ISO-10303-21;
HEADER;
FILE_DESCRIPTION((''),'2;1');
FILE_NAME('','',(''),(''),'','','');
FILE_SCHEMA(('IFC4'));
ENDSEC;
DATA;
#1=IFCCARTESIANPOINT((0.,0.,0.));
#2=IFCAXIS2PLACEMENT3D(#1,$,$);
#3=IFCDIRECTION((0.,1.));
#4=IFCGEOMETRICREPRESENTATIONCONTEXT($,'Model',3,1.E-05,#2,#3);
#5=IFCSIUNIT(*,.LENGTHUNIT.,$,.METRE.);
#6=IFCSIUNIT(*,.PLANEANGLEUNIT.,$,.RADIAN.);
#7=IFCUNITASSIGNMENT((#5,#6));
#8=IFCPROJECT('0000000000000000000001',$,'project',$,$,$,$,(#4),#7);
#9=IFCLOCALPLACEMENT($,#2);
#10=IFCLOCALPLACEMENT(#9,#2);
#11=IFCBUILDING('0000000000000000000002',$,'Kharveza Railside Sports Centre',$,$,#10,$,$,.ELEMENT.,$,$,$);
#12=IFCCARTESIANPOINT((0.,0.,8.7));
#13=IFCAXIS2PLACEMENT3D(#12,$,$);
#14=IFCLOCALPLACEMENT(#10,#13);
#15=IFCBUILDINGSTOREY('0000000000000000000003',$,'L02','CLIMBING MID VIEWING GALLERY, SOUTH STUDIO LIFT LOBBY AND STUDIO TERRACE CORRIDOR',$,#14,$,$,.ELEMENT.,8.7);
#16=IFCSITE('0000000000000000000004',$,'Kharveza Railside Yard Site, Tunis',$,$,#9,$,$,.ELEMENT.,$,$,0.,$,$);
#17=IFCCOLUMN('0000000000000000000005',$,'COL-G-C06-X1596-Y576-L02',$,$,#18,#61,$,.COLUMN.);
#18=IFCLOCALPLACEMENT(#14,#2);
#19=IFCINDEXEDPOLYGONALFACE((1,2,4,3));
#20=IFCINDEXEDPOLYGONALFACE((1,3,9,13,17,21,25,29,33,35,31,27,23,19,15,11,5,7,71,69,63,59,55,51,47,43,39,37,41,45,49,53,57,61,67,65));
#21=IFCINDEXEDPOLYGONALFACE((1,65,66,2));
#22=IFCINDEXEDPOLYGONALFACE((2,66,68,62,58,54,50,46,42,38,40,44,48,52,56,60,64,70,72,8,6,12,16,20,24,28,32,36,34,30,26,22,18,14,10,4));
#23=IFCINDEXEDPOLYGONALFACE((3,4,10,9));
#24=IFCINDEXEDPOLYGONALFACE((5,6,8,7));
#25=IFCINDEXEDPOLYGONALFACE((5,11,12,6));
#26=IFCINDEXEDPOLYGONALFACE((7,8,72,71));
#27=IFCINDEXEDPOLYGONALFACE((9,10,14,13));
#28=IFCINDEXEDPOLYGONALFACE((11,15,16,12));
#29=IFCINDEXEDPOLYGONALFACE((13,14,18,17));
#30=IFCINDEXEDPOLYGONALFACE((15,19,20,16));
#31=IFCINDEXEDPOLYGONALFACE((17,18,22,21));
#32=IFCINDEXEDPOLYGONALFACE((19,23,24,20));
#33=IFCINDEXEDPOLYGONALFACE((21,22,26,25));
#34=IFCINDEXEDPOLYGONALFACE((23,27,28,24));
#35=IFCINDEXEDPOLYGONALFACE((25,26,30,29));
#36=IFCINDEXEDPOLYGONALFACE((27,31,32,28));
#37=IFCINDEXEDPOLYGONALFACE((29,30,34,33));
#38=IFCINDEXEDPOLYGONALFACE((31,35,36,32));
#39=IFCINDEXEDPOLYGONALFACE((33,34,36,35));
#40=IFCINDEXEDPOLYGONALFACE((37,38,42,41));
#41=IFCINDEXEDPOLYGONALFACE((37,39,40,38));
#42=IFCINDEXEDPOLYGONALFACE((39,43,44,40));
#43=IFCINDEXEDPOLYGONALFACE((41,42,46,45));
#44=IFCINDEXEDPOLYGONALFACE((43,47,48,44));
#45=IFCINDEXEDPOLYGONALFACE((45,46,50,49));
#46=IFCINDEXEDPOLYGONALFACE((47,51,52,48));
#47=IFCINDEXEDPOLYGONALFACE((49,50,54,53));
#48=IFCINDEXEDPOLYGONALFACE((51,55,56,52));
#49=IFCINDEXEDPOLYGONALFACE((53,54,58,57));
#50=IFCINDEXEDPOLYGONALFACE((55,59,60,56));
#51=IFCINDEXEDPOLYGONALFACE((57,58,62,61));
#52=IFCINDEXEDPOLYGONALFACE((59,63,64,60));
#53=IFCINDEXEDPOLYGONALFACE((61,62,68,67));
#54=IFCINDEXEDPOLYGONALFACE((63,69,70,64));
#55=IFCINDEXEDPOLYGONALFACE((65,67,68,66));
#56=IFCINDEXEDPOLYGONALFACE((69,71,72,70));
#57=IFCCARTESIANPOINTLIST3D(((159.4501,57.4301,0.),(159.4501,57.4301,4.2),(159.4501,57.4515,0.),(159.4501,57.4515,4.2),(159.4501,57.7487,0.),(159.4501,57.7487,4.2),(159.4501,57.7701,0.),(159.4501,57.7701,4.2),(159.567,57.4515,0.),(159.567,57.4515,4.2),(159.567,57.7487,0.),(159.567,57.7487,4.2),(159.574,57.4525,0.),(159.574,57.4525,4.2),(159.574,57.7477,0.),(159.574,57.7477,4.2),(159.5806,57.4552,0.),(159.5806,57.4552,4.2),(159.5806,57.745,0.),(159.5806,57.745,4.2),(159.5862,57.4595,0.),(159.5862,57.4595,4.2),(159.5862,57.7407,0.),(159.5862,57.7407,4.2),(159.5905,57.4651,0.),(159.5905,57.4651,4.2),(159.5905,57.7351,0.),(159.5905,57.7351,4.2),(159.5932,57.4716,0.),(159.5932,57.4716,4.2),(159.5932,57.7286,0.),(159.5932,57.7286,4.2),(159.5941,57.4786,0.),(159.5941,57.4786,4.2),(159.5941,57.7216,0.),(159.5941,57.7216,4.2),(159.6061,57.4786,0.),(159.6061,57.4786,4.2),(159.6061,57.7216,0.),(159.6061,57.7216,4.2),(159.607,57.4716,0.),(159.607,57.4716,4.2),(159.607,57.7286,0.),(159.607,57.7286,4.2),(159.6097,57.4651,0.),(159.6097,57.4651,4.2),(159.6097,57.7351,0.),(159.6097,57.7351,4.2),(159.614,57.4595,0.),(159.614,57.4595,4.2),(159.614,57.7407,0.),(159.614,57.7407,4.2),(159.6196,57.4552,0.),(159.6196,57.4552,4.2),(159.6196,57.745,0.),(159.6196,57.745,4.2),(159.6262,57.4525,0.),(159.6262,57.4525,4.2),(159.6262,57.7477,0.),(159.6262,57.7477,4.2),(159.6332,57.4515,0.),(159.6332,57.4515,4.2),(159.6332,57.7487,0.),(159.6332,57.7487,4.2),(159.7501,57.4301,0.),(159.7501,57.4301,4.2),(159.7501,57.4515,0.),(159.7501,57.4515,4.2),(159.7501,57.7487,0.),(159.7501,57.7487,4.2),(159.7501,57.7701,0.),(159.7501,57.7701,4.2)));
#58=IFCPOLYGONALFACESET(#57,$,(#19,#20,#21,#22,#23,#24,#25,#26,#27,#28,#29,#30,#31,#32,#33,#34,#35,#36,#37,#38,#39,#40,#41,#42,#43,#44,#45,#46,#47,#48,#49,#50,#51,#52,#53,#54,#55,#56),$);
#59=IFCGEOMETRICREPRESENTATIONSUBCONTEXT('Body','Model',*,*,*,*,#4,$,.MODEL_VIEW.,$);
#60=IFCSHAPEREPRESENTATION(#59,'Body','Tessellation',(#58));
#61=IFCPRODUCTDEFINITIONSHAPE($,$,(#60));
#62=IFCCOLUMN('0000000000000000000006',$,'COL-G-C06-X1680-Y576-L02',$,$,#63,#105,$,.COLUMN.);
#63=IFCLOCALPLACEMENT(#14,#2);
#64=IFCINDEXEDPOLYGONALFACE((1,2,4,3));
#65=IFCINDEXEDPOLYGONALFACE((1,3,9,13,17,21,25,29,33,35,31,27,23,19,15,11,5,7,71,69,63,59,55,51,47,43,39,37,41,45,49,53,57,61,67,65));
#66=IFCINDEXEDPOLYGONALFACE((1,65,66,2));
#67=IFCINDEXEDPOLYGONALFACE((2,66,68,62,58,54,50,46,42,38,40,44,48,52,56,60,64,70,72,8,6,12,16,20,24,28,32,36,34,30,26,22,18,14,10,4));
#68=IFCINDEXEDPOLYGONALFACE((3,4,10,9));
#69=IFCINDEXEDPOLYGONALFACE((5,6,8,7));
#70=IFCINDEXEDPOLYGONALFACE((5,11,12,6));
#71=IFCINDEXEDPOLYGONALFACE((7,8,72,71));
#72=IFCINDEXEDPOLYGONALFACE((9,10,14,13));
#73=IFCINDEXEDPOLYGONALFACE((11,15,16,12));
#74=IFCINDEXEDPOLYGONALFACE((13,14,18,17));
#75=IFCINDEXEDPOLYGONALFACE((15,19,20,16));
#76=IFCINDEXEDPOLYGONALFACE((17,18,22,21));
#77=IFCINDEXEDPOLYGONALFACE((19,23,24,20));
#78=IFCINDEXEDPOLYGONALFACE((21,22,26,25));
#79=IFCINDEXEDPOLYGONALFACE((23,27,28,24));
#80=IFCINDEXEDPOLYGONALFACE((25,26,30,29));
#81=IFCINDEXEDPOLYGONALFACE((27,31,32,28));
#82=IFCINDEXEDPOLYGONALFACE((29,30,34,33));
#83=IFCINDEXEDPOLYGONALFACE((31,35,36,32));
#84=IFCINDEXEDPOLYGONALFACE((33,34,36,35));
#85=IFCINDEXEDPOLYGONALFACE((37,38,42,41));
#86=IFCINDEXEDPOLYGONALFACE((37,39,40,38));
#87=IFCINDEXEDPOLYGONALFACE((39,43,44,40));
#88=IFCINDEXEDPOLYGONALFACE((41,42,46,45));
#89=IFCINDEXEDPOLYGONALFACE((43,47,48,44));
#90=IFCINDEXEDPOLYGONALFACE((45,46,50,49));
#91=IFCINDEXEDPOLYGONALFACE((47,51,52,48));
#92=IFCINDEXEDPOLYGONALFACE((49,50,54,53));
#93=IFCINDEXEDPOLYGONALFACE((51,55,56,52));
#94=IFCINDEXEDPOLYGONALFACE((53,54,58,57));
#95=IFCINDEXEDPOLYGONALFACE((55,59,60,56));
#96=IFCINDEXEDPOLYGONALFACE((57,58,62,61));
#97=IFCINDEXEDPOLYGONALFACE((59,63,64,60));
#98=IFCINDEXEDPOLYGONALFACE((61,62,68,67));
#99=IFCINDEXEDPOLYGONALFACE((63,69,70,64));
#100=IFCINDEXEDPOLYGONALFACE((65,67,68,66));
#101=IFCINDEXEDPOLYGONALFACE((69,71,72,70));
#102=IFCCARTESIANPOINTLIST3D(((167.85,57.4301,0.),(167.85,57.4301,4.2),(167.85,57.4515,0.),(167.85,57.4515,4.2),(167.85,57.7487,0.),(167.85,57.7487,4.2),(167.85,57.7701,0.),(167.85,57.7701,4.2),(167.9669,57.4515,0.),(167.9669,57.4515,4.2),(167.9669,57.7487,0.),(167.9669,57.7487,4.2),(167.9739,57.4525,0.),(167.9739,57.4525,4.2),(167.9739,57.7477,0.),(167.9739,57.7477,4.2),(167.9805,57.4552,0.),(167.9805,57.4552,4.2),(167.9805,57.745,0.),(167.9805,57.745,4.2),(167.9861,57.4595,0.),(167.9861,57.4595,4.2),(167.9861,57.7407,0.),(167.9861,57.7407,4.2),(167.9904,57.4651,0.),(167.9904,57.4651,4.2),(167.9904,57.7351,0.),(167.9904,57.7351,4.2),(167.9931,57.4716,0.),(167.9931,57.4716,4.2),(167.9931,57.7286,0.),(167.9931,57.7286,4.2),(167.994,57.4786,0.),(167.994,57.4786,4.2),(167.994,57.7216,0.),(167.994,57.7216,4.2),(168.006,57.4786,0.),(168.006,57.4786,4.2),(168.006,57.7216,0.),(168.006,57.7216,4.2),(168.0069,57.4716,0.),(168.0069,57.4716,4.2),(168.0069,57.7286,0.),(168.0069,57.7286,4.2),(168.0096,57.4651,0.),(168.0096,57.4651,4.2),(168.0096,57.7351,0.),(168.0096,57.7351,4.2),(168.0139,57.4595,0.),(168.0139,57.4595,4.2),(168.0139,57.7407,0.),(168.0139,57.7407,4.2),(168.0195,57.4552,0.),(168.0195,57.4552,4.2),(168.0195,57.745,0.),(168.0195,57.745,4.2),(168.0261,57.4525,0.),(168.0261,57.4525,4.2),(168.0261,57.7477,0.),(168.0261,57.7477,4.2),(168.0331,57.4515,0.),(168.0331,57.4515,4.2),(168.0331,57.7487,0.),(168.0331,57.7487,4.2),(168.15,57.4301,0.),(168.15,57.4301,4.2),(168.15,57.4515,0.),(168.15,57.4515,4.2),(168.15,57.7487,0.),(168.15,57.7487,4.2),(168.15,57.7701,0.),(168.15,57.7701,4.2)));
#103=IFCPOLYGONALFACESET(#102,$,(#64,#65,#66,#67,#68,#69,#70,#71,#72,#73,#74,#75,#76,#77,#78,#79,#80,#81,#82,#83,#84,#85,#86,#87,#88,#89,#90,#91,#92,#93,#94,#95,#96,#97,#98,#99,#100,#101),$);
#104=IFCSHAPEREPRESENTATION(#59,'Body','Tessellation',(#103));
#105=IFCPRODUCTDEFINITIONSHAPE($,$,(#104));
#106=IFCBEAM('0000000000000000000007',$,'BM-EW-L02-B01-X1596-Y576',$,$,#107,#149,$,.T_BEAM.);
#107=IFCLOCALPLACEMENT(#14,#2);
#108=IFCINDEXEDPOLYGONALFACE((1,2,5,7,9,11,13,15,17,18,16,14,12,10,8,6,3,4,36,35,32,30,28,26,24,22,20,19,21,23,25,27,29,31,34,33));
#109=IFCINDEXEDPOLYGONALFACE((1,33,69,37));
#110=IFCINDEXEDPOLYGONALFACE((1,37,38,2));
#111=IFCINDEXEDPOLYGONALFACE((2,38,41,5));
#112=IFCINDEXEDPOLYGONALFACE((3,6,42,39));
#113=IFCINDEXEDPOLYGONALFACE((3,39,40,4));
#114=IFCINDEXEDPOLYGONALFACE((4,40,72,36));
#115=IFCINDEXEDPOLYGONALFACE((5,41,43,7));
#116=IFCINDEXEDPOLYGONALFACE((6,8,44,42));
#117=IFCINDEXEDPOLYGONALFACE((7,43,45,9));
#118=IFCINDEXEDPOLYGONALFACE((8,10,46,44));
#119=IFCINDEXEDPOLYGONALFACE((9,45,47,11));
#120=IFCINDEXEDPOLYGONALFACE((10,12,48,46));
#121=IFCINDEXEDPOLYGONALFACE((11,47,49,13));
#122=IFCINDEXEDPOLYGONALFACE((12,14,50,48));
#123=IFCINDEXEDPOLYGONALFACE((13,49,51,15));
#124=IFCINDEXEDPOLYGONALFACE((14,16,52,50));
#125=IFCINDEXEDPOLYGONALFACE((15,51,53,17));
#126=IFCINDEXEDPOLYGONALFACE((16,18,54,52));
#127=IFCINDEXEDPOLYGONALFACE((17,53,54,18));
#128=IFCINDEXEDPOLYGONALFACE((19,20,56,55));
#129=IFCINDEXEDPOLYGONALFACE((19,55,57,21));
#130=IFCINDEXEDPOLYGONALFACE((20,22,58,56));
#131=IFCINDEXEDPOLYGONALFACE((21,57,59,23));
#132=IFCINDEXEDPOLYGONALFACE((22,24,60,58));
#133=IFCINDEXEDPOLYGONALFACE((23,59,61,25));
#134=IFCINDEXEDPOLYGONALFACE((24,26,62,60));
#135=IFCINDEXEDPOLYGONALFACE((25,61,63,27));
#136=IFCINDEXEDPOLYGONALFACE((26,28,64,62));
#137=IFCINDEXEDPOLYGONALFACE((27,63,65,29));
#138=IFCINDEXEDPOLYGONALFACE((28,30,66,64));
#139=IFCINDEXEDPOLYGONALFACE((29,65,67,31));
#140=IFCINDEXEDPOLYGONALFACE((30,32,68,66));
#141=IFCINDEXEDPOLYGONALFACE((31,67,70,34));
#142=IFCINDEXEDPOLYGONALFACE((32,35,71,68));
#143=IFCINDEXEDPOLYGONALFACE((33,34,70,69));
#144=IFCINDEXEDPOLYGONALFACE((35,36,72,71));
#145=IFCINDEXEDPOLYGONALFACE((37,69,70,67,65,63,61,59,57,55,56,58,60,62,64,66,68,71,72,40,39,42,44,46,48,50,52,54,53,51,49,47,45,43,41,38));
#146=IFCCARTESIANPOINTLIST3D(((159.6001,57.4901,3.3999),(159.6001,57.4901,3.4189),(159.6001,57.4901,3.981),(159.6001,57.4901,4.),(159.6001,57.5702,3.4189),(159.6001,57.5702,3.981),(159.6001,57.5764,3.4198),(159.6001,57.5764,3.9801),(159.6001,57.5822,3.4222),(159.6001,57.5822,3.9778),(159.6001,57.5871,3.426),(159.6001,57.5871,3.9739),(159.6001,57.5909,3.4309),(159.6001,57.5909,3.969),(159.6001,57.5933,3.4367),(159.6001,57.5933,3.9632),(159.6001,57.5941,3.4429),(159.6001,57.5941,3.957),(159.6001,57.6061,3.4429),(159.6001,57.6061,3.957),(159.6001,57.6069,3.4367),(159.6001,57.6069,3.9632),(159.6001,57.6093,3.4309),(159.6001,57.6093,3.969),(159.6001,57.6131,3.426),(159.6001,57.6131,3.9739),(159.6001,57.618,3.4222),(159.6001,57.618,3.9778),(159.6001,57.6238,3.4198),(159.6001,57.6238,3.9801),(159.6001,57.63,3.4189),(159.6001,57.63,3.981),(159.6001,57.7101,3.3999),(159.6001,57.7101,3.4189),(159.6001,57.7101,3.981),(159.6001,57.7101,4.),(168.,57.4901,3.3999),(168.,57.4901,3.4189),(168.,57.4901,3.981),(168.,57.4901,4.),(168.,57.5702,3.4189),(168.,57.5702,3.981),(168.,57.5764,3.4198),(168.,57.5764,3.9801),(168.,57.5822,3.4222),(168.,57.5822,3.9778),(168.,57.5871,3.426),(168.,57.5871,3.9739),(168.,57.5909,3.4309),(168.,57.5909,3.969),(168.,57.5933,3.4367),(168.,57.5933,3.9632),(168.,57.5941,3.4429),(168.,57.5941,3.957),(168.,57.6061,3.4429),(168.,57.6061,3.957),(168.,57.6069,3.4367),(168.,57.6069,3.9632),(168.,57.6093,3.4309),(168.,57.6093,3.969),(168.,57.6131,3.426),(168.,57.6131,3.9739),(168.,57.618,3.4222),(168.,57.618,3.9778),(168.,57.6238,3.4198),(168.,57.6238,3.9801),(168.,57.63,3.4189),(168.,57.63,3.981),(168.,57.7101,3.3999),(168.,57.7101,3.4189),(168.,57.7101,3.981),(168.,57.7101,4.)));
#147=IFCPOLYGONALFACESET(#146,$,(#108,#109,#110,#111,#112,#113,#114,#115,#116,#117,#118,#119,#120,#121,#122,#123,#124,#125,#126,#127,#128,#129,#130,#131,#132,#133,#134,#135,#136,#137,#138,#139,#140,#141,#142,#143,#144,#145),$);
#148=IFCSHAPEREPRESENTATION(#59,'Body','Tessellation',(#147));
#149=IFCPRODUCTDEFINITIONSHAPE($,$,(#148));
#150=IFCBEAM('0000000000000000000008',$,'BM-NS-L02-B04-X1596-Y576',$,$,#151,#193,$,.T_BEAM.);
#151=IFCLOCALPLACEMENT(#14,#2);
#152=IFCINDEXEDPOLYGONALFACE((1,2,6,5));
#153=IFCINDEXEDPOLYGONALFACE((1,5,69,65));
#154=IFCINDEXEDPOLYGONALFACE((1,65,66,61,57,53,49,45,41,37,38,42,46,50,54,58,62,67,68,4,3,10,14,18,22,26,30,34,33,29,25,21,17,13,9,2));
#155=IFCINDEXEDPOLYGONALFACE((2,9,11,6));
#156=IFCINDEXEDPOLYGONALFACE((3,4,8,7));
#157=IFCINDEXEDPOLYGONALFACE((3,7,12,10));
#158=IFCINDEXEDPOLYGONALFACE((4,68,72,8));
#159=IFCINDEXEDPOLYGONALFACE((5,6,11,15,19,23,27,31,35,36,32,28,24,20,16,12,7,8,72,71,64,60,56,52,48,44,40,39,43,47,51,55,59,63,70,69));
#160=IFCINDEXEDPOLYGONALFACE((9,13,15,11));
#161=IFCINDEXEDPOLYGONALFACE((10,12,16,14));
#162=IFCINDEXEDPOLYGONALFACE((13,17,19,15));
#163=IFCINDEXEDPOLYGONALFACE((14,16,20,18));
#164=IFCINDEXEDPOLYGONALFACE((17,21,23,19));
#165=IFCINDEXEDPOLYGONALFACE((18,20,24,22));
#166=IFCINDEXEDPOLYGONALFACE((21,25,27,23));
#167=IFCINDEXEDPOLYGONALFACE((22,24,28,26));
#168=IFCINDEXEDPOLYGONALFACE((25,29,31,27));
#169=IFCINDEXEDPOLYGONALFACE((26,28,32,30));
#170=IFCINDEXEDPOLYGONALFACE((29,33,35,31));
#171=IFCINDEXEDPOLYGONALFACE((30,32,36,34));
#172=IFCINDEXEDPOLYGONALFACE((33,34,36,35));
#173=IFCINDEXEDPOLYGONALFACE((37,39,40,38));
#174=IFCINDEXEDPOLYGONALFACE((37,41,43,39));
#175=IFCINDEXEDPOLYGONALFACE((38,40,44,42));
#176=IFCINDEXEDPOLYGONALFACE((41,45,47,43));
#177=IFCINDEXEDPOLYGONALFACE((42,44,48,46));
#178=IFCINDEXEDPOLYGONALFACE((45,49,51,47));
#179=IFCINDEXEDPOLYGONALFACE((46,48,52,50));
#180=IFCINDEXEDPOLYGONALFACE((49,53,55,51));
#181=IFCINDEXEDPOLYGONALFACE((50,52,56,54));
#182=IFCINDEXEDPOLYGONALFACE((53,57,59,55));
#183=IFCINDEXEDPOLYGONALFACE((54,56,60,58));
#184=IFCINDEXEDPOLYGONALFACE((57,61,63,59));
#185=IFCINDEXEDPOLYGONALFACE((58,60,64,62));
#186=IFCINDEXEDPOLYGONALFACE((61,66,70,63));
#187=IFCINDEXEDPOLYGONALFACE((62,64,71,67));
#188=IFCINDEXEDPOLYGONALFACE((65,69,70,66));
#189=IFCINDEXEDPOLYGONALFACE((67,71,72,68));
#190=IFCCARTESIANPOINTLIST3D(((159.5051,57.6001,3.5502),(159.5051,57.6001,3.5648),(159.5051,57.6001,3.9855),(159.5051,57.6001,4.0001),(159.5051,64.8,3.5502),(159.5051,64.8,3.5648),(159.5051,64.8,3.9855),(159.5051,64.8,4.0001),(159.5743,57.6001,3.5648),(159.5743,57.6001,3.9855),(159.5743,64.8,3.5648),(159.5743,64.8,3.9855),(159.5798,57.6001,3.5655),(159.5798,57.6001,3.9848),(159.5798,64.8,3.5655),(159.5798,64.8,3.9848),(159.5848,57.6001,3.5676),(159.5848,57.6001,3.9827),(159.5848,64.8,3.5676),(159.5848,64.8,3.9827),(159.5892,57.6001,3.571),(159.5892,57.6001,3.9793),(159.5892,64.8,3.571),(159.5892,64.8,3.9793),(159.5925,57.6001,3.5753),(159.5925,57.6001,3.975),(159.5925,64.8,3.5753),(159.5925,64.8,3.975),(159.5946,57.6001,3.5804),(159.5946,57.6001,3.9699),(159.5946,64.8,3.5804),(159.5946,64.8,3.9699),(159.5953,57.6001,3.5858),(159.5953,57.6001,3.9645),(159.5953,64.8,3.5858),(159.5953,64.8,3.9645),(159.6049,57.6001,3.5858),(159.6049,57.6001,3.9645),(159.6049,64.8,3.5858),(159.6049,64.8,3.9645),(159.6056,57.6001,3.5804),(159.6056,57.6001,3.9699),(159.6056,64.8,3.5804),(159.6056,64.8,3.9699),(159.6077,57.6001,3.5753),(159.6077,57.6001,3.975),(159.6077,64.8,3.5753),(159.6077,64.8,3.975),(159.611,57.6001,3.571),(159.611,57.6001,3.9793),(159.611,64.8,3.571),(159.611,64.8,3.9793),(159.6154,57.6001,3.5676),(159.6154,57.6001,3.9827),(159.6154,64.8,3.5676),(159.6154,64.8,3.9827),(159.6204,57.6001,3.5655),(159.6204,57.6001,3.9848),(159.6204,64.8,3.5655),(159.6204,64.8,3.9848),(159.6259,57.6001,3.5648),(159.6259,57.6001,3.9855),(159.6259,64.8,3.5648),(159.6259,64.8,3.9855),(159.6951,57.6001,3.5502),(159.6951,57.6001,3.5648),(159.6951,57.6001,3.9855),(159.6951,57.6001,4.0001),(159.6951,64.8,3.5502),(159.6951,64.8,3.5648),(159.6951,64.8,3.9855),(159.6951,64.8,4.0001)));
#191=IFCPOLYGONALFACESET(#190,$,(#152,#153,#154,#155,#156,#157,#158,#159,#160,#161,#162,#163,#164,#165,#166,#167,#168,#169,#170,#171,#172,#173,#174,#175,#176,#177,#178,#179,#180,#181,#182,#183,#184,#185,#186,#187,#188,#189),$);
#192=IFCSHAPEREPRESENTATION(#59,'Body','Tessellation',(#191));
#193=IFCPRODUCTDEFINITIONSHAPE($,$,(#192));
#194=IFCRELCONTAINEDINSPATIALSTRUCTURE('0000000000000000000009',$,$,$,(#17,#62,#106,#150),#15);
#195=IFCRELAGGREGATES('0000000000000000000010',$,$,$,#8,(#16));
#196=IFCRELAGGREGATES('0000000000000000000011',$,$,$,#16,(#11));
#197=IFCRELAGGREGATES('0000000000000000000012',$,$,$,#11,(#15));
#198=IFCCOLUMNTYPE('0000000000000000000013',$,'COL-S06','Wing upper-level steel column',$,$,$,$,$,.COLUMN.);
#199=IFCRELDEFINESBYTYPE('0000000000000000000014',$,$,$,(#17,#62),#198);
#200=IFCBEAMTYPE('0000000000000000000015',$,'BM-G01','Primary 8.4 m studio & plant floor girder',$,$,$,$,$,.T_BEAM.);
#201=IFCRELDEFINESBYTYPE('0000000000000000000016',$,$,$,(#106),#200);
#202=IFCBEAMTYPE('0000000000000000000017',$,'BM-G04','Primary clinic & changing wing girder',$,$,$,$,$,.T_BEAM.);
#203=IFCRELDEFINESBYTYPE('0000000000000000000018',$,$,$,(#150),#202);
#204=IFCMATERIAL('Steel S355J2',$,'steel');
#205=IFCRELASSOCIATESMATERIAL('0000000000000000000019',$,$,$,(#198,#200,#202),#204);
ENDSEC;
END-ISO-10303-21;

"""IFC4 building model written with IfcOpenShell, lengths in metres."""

from ifc_helpers import new_model, si_unit, direction, frame, origin, origin_2d, place, context, subcontext, project, spatial, i_section, extrude, material, material_profile, profile_set, type_object, element, save


model = new_model("IFC4")

# Units and contexts
model_context = context("Model", 3, precision=1e-05, world=origin(), true_north=direction((0.0, 1.0)))
body_context = subcontext(model_context, "Body", "Model", "MODEL_VIEW")
ifc_project = project(units=[si_unit("LENGTHUNIT", "METRE"), si_unit("PLANEANGLEUNIT", "RADIAN")], contexts=[model_context])

# Site, building, storey
site_placement = place(None, origin())
site = spatial("IfcSite", under=ifc_project, at=site_placement, Name="Kharveza Railside Yard Site, Tunis", CompositionType="ELEMENT", RefElevation=0.0)
building_placement = place(site_placement, origin())
building = spatial("IfcBuilding", under=site, at=building_placement, Name="Kharveza Railside Sports Centre", CompositionType="ELEMENT")
storey_placement = place(building_placement, frame((0.0, 0.0, 8.7)))
storey = spatial("IfcBuildingStorey", under=building, at=storey_placement, Name="L02", Description="CLIMBING MID VIEWING GALLERY, SOUTH STUDIO LIFT LOBBY AND STUDIO TERRACE CORRIDOR", CompositionType="ELEMENT", Elevation=8.7)

# Columns
ifc_material_1 = material(Name="Steel S355J2", Category="steel")
ifc_material_profile_1 = material_profile(ifc_material_1, i_section(OverallWidth=0.3, OverallDepth=0.3401, WebThickness=0.012, FlangeThickness=0.0215, FilletRadius=0.0271, at=origin_2d()), Name="HEB 340")
ifc_profile_set_1 = profile_set([ifc_material_profile_1], Name="Steel S355J2")
column_type = type_object("IfcColumnType", Name="COL-S06", Description="Wing upper-level steel column", PredefinedType="COLUMN", material=ifc_profile_set_1)
for number, where, z_axis, x_axis, name in (
    (1, (159.6001, 57.6001, 0.0), (0.0, 0.0, 1.0), (1.0, 0.0, 0.0), "COL-G-C06-X1596-Y576-L02"),
    (2, (168.0, 57.6001, 0.0), (0.0, 0.0, 1.0), (1.0, 0.0, 0.0), "COL-G-C06-X1680-Y576-L02"),
):
    element("IfcColumn", number, at=place(storey_placement, frame(where, z_axis=z_axis, x_axis=x_axis)), inside=storey, type_object=column_type, Name=name, PredefinedType="COLUMN", context=body_context, shape_type="SweptSolid", body=[
        extrude(i_section(OverallWidth=0.3, OverallDepth=0.3401, WebThickness=0.012, FlangeThickness=0.0215, FilletRadius=0.0271, at=origin_2d()), origin(), (0.0, 0.0, 1.0), 4.2),
    ])

# Beams
ifc_material_profile_2 = material_profile(ifc_material_1, i_section(OverallWidth=0.22, OverallDepth=0.6001, WebThickness=0.012, FlangeThickness=0.019, FilletRadius=0.0239, at=origin_2d()), Name="IPE 600")
ifc_profile_set_2 = profile_set([ifc_material_profile_2], Name="Steel S355J2")
beam_type_1 = type_object("IfcBeamType", Name="BM-G01", Description="Primary 8.4 m studio & plant floor girder", PredefinedType="T_BEAM", material=ifc_profile_set_2)
beam_1_placement = place(storey_placement, frame((159.6001, 57.6001, 3.7), z_axis=(1.0, 0.0, 0.0), x_axis=(0.0, 1.0, 0.0)))
element("IfcBeam", 3, at=beam_1_placement, inside=storey, type_object=beam_type_1, Name="BM-EW-L02-B01-X1596-Y576", PredefinedType="T_BEAM", context=body_context, shape_type="SweptSolid", body=[
    extrude(i_section(OverallWidth=0.22, OverallDepth=0.6001, WebThickness=0.012, FlangeThickness=0.019, FilletRadius=0.0239, at=origin_2d()), origin(), (0.0, 0.0, 1.0), 8.3999),
])
ifc_material_profile_3 = material_profile(ifc_material_1, i_section(OverallWidth=0.1899, OverallDepth=0.45, WebThickness=0.0095, FlangeThickness=0.0146, FilletRadius=0.021, at=origin_2d()), Name="IPE 450")
ifc_profile_set_3 = profile_set([ifc_material_profile_3], Name="Steel S355J2")
beam_type_2 = type_object("IfcBeamType", Name="BM-G04", Description="Primary clinic & changing wing girder", PredefinedType="T_BEAM", material=ifc_profile_set_3)
beam_2_placement = place(storey_placement, frame((159.6001, 57.6001, 3.7751), z_axis=(0.0, 1.0, 0.0), x_axis=(-1.0, 0.0, 0.0)))
element("IfcBeam", 4, at=beam_2_placement, inside=storey, type_object=beam_type_2, Name="BM-NS-L02-B04-X1596-Y576", PredefinedType="T_BEAM", context=body_context, shape_type="SweptSolid", body=[
    extrude(i_section(OverallWidth=0.1899, OverallDepth=0.45, WebThickness=0.0095, FlangeThickness=0.0146, FilletRadius=0.021, at=origin_2d()), origin(), (0.0, 0.0, 1.0), 7.2),
])

save(model, "model.ifc")
